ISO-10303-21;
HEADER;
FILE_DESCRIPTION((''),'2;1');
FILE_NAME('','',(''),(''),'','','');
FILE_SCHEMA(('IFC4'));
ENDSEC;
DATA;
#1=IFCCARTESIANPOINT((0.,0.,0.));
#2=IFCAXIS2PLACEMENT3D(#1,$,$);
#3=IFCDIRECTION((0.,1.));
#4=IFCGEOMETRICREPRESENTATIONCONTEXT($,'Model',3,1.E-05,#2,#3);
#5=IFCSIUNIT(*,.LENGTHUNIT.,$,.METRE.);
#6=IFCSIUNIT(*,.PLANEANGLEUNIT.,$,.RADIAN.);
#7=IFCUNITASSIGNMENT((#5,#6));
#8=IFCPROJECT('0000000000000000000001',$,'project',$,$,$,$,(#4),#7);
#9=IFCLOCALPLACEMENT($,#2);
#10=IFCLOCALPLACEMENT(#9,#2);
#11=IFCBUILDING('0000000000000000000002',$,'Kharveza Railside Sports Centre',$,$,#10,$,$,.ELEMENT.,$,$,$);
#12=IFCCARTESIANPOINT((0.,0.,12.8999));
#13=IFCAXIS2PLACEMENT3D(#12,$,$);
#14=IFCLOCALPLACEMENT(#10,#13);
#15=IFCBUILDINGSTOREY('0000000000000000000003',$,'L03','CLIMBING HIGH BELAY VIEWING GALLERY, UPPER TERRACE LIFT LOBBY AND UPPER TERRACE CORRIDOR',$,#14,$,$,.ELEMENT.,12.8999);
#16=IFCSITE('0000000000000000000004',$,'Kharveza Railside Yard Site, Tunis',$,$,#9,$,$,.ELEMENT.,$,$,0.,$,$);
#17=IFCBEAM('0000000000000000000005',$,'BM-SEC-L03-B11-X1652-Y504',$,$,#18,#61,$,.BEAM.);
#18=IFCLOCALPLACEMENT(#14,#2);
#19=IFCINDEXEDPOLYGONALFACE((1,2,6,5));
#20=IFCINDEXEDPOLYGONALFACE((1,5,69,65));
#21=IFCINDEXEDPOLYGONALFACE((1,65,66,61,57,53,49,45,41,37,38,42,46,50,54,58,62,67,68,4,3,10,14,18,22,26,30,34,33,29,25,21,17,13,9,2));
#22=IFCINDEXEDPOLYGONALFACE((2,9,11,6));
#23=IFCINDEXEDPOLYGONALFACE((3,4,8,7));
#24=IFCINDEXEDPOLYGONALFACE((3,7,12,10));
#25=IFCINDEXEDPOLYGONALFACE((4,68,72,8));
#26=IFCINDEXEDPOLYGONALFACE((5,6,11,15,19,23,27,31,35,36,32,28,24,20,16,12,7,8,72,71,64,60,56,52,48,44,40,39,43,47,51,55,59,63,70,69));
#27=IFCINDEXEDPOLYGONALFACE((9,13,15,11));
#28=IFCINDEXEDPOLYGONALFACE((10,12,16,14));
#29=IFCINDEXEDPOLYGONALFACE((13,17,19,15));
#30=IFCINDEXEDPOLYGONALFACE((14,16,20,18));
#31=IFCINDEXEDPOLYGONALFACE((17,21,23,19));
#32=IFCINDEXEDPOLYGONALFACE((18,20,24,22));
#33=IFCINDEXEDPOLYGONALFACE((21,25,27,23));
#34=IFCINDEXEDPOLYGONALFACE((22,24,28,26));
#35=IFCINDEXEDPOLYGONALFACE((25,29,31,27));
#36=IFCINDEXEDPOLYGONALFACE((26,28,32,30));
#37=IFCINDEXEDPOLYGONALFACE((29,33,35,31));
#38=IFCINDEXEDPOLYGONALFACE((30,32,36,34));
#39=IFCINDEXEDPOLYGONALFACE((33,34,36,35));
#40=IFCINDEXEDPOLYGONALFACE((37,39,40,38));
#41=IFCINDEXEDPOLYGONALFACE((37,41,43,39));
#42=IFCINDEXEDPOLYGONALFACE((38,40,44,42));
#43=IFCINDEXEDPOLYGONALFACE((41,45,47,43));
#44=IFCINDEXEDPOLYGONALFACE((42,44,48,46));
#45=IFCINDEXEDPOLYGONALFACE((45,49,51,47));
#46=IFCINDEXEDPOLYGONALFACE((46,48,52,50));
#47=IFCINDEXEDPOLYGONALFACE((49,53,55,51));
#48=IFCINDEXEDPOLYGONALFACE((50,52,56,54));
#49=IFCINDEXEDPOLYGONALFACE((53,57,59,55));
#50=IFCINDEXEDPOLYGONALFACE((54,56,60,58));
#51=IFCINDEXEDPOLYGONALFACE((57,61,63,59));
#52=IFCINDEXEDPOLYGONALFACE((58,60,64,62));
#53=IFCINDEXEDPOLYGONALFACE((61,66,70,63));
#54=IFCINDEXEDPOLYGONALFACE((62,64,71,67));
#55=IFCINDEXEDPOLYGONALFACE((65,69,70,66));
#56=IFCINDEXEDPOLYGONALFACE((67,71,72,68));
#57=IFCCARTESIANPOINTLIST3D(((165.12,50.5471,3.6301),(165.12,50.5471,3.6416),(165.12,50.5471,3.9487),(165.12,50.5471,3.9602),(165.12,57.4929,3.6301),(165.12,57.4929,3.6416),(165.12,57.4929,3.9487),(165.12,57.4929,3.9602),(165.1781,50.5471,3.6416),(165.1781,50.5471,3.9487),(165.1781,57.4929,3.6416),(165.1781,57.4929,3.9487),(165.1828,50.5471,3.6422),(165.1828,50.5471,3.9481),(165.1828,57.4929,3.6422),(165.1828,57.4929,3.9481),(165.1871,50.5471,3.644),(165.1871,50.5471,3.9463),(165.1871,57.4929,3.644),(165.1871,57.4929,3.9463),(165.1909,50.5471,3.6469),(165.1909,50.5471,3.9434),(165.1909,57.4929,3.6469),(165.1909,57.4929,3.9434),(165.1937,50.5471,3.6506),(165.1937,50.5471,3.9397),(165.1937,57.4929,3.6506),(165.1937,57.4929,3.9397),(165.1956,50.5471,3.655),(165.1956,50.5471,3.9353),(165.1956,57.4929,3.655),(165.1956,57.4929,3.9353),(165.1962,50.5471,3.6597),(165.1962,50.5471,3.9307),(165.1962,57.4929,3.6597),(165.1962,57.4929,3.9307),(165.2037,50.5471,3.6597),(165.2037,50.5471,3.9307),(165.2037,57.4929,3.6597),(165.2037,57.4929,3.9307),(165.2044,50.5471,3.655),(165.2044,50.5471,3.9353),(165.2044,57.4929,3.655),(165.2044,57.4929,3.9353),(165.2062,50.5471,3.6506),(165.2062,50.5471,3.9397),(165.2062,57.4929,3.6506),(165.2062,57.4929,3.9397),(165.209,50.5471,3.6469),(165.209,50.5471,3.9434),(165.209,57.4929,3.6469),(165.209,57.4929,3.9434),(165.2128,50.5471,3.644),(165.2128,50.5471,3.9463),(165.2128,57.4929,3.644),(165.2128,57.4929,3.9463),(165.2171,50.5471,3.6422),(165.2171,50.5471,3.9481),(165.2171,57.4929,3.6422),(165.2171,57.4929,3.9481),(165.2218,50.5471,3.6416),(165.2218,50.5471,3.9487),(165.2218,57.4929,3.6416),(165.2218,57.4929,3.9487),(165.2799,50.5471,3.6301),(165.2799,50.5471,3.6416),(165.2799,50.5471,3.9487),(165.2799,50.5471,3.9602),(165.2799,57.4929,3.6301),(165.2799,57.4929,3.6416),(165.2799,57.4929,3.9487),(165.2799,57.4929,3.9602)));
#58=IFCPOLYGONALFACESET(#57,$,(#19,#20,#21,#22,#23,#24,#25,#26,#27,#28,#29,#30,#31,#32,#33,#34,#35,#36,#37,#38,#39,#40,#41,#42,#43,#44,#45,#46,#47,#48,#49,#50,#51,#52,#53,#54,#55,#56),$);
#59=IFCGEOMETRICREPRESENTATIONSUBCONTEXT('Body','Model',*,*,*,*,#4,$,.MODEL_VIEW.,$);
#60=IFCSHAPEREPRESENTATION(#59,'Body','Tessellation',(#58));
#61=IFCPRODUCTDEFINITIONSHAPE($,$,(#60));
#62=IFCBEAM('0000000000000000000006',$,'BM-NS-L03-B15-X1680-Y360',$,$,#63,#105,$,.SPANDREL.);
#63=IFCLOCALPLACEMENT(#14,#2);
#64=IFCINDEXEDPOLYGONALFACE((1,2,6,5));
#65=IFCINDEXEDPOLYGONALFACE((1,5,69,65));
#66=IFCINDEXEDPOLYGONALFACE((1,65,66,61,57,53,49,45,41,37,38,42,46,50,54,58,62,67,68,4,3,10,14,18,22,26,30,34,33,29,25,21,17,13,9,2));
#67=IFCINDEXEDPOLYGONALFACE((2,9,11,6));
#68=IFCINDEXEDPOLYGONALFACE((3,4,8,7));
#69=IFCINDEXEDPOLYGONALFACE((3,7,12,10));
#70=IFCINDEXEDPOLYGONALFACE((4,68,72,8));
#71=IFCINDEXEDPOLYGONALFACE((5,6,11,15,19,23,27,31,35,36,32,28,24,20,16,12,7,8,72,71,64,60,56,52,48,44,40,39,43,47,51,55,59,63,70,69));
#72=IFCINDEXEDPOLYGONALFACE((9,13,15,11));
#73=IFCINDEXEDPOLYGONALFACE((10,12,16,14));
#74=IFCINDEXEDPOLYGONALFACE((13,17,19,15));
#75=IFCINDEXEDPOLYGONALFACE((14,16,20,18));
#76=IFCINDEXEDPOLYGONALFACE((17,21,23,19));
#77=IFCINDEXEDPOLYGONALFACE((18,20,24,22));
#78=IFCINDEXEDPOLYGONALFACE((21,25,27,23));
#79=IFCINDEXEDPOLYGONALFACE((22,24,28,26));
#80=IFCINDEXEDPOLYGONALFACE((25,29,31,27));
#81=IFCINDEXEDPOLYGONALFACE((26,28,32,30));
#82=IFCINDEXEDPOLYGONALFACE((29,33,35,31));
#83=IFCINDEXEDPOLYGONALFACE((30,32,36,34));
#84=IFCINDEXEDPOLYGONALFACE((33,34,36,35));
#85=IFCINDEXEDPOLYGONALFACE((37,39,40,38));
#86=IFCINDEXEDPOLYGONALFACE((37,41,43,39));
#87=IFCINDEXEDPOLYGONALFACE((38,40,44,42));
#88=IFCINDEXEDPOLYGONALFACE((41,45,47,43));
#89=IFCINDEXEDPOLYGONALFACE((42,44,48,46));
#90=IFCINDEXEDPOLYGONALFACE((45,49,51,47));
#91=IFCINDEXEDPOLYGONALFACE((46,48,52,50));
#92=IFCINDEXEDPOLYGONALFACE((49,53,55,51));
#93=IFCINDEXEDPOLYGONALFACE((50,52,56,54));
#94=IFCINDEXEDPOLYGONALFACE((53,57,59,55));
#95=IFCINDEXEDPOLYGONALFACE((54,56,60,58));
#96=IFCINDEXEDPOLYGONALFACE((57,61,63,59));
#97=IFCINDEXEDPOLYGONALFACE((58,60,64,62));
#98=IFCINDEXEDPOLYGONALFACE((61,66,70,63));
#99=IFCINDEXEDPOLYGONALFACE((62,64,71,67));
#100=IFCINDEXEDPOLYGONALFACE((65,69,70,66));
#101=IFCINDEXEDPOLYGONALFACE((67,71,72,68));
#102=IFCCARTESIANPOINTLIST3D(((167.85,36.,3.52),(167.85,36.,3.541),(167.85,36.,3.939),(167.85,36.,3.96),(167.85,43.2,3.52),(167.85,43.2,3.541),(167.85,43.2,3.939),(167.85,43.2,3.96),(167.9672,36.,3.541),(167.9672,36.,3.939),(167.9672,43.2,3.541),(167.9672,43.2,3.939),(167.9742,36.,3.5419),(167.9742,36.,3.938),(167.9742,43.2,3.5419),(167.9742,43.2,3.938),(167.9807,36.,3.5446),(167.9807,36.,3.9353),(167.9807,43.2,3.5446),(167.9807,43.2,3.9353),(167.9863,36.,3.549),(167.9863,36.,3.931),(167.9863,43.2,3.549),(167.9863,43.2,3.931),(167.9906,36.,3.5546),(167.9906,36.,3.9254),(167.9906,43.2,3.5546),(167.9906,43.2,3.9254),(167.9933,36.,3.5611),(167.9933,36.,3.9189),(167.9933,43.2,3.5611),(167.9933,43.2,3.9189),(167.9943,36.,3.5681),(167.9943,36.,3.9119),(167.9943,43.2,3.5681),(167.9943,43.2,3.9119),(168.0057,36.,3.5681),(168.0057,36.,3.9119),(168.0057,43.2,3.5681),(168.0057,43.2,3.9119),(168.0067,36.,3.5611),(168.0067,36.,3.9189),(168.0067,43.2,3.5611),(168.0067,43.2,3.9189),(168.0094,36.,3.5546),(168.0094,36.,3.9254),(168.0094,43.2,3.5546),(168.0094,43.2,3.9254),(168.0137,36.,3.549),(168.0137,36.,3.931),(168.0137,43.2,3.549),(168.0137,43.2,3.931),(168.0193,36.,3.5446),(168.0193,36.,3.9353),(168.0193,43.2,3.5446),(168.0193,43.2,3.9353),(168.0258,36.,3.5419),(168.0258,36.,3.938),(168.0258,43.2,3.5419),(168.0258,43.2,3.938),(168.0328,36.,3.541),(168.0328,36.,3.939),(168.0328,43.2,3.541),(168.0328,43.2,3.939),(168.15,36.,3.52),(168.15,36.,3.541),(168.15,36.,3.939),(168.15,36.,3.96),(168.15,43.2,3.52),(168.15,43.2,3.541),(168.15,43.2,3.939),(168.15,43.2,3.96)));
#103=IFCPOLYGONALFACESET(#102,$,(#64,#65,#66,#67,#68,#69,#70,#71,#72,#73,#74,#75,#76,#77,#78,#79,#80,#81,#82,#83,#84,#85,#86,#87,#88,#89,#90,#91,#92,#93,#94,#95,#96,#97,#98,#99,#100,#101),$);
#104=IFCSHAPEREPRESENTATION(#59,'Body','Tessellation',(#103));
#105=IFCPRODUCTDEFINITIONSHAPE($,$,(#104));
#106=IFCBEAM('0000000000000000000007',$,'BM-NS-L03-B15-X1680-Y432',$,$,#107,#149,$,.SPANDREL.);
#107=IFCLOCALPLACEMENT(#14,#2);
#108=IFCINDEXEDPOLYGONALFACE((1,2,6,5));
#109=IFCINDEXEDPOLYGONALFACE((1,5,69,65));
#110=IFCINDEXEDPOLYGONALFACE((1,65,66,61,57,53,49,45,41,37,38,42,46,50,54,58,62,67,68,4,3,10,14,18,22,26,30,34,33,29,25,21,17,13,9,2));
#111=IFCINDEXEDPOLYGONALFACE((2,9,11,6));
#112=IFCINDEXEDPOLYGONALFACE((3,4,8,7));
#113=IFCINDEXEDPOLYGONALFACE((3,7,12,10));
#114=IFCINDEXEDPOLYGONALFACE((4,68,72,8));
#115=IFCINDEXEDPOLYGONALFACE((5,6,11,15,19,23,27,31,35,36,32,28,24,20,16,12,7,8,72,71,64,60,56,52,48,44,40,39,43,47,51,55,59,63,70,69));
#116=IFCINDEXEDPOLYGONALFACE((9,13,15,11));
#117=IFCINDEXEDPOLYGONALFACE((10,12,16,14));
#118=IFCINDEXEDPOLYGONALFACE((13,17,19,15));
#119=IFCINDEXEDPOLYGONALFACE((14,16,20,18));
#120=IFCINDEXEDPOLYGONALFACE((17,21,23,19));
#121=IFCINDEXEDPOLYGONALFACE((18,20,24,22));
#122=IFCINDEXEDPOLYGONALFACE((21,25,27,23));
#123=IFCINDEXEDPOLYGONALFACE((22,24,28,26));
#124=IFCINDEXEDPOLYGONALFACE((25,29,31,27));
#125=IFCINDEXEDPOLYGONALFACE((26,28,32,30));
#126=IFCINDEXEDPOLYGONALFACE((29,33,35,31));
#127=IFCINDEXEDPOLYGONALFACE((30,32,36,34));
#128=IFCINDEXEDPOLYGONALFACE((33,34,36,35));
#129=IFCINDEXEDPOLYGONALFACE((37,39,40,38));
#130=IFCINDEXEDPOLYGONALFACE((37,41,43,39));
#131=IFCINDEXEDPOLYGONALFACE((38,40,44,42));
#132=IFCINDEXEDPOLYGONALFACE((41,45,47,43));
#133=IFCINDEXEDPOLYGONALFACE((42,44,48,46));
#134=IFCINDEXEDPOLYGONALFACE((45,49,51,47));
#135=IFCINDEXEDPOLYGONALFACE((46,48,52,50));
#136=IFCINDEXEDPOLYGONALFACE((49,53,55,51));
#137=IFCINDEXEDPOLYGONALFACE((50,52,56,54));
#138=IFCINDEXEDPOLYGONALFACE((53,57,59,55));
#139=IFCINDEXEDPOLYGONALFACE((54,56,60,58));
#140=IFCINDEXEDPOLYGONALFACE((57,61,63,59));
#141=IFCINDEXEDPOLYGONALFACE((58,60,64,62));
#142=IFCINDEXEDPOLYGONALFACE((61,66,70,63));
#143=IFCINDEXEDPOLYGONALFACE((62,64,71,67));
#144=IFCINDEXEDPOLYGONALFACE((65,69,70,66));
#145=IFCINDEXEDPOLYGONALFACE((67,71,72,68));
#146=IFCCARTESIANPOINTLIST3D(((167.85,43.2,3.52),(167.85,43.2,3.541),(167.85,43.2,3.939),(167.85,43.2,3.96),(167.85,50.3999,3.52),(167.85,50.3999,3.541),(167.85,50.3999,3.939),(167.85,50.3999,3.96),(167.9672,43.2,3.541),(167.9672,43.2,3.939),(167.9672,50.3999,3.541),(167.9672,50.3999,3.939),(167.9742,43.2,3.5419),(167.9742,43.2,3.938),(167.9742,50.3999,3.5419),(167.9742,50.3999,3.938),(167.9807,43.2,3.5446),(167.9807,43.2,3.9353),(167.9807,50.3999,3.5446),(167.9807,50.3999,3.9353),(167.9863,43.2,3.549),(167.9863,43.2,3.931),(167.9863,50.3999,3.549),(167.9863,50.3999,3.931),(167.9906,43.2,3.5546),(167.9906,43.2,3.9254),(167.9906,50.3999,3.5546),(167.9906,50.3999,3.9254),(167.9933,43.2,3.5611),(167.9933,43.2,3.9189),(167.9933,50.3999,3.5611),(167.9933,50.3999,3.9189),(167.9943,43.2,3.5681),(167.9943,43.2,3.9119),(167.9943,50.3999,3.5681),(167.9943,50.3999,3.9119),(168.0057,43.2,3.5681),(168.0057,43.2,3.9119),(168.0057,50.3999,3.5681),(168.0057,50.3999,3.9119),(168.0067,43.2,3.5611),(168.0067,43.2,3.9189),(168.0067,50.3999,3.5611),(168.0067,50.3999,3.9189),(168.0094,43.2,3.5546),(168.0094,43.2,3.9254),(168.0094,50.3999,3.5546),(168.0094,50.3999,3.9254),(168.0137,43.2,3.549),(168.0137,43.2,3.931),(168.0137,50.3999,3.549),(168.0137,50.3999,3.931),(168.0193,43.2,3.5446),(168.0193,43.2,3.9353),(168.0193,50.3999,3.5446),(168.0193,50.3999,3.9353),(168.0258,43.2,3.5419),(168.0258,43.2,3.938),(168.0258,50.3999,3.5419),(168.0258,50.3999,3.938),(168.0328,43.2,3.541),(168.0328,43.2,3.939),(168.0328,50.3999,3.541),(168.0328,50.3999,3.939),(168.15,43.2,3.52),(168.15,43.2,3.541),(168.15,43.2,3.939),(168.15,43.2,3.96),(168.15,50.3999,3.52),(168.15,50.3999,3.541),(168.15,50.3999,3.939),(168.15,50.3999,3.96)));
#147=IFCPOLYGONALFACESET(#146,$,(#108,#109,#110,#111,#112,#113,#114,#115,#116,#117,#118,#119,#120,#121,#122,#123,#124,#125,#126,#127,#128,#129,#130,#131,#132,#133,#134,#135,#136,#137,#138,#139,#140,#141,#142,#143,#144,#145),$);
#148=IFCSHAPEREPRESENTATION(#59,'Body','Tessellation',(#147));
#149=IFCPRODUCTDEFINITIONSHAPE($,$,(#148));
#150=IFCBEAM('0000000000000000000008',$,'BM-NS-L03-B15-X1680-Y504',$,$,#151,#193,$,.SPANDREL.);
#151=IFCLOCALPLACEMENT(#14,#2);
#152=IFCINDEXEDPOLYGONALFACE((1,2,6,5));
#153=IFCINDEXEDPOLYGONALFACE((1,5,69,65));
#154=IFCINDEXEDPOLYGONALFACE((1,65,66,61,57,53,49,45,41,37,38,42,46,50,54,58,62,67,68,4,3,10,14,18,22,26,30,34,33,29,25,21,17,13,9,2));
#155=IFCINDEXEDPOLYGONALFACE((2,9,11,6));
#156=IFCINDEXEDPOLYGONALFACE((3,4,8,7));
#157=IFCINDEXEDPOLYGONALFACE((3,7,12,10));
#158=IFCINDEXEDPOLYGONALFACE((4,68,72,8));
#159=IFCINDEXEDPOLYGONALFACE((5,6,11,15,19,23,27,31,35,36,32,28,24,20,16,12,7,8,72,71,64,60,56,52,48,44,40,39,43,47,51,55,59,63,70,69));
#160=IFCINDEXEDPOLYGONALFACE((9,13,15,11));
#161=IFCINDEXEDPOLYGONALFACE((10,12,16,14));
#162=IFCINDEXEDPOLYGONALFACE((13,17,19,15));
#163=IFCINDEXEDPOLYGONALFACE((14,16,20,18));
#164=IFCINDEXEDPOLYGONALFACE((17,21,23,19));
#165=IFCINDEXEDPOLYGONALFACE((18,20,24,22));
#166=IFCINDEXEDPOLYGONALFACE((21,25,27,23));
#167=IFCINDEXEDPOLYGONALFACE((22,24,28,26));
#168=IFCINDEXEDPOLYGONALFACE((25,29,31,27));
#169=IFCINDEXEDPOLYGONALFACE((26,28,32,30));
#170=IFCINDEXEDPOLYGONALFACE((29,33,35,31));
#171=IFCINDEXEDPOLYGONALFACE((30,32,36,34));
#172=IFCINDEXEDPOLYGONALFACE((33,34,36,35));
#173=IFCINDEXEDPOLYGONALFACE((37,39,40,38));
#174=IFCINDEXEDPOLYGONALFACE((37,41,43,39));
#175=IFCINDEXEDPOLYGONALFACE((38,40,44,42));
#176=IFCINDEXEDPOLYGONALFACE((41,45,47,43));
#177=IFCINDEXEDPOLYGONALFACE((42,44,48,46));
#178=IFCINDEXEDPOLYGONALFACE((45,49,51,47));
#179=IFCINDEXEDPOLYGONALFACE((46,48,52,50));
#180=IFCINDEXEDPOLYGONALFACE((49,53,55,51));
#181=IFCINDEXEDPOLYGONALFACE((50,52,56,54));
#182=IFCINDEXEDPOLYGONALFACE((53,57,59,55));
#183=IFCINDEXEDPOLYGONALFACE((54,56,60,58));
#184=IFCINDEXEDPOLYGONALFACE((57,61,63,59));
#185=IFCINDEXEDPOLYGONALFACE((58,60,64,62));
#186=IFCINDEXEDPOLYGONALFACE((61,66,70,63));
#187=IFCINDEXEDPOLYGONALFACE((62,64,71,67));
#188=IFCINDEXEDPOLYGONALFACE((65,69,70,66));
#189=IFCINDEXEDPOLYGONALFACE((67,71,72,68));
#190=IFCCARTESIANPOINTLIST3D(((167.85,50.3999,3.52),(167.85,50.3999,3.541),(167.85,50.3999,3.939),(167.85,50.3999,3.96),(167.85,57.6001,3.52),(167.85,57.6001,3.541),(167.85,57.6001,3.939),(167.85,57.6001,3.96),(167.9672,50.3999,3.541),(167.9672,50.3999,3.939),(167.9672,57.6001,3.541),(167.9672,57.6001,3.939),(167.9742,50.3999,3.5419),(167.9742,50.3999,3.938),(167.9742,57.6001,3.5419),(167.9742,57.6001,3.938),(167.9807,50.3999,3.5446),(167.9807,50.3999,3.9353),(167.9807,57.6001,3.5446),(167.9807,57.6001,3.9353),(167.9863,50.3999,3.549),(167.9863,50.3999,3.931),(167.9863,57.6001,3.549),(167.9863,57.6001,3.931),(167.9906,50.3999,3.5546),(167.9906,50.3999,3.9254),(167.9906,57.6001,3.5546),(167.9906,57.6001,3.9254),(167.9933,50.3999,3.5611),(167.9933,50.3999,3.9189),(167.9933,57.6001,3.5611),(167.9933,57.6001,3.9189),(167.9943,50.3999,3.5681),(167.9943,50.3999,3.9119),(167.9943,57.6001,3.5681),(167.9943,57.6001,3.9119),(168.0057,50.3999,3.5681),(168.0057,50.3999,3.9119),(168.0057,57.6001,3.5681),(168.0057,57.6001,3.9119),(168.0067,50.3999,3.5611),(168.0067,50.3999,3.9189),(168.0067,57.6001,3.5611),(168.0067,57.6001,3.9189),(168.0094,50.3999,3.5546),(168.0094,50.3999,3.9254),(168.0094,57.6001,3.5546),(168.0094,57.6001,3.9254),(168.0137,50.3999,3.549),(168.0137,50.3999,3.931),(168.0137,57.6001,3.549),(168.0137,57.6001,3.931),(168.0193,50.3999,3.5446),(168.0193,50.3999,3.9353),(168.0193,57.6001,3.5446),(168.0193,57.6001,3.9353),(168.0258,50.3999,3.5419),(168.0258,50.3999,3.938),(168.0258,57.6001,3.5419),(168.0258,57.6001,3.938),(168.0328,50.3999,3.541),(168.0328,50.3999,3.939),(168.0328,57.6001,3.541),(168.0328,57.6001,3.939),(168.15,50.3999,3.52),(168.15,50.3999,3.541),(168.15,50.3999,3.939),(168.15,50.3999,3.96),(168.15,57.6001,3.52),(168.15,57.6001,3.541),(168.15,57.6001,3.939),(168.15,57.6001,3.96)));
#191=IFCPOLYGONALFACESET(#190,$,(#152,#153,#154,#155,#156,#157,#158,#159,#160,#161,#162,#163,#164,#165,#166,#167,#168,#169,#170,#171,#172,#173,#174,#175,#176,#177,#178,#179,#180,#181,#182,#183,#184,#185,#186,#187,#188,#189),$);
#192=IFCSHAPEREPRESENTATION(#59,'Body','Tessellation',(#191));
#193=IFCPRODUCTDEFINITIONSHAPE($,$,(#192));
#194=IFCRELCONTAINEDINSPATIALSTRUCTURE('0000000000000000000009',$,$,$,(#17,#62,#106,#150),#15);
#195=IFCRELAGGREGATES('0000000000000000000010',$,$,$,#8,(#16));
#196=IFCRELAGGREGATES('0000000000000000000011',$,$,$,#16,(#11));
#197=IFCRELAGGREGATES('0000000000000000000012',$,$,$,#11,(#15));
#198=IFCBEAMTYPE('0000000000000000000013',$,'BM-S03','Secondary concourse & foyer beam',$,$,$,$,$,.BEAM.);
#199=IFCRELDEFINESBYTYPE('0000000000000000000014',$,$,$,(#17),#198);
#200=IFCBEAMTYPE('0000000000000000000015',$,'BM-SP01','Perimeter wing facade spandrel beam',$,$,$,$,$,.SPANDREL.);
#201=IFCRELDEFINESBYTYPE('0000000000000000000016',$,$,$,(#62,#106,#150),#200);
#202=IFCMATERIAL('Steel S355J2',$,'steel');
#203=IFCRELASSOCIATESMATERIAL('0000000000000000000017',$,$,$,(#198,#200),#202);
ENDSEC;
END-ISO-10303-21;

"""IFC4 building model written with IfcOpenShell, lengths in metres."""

from ifc_helpers import new_model, si_unit, direction, frame, origin, origin_2d, place, context, subcontext, project, spatial, i_section, extrude, material, material_profile, profile_set, type_object, element, save


model = new_model("IFC4")

# Units and contexts
model_context = context("Model", 3, precision=1e-05, world=origin(), true_north=direction((0.0, 1.0)))
body_context = subcontext(model_context, "Body", "Model", "MODEL_VIEW")
ifc_project = project(units=[si_unit("LENGTHUNIT", "METRE"), si_unit("PLANEANGLEUNIT", "RADIAN")], contexts=[model_context])

# Site, building, storey
site_placement = place(None, origin())
site = spatial("IfcSite", under=ifc_project, at=site_placement, Name="Kharveza Railside Yard Site, Tunis", CompositionType="ELEMENT", RefElevation=0.0)
building_placement = place(site_placement, origin())
building = spatial("IfcBuilding", under=site, at=building_placement, Name="Kharveza Railside Sports Centre", CompositionType="ELEMENT")
storey_placement = place(building_placement, frame((0.0, 0.0, 12.8999)))
storey = spatial("IfcBuildingStorey", under=building, at=storey_placement, Name="L03", Description="CLIMBING HIGH BELAY VIEWING GALLERY, UPPER TERRACE LIFT LOBBY AND UPPER TERRACE CORRIDOR", CompositionType="ELEMENT", Elevation=12.8999)

# Shared definitions
ifc_material_1 = material(Name="Steel S355J2", Category="steel")

# Beams
ifc_material_profile_1 = material_profile(ifc_material_1, i_section(OverallWidth=0.1599, OverallDepth=0.3301, WebThickness=0.0076, FlangeThickness=0.0115, FilletRadius=0.0181, at=origin_2d()), Name="IPE 330")
ifc_profile_set_1 = profile_set([ifc_material_profile_1], Name="Steel S355J2")
beam_type_1 = type_object("IfcBeamType", Name="BM-S03", Description="Secondary concourse & foyer beam", PredefinedType="BEAM", material=ifc_profile_set_1)
beam_1_placement = place(storey_placement, frame((165.2, 50.5471, 3.7952), z_axis=(0.0, 1.0, 0.0), x_axis=(-1.0, 0.0, 0.0)))
element("IfcBeam", 1, at=beam_1_placement, inside=storey, type_object=beam_type_1, Name="BM-SEC-L03-B11-X1652-Y504", PredefinedType="BEAM", context=body_context, shape_type="SweptSolid", body=[
    extrude(i_section(OverallWidth=0.1599, OverallDepth=0.3301, WebThickness=0.0076, FlangeThickness=0.0115, FilletRadius=0.0181, at=origin_2d()), origin(), (0.0, 0.0, 1.0), 6.9458),
])
ifc_material_profile_2 = material_profile(ifc_material_1, i_section(OverallWidth=0.3, OverallDepth=0.4399, WebThickness=0.0115, FlangeThickness=0.021, FilletRadius=0.0271, at=origin_2d()), Name="HEA 450")
ifc_profile_set_2 = profile_set([ifc_material_profile_2], Name="Steel S355J2")
beam_type_2 = type_object("IfcBeamType", Name="BM-SP01", Description="Perimeter wing facade spandrel beam", PredefinedType="SPANDREL", material=ifc_profile_set_2)
for number, where, z_axis, x_axis, name in (
    (2, (168.0, 36.0, 3.74), (0.0, 1.0, 0.0), (-1.0, 0.0, 0.0), "BM-NS-L03-B15-X1680-Y360"),
    (3, (168.0, 43.2, 3.74), (0.0, 1.0, 0.0), (-1.0, 0.0, 0.0), "BM-NS-L03-B15-X1680-Y432"),
):
    element("IfcBeam", number, at=place(storey_placement, frame(where, z_axis=z_axis, x_axis=x_axis)), inside=storey, type_object=beam_type_2, Name=name, PredefinedType="SPANDREL", context=body_context, shape_type="SweptSolid", body=[
        extrude(i_section(OverallWidth=0.3, OverallDepth=0.4399, WebThickness=0.0115, FlangeThickness=0.021, FilletRadius=0.0271, at=origin_2d()), origin(), (0.0, 0.0, 1.0), 7.2),
    ])
beam_2_placement = place(storey_placement, frame((168.0, 50.3999, 3.74), z_axis=(0.0, 1.0, 0.0), x_axis=(-1.0, 0.0, 0.0)))
element("IfcBeam", 4, at=beam_2_placement, inside=storey, type_object=beam_type_2, Name="BM-NS-L03-B15-X1680-Y504", PredefinedType="SPANDREL", context=body_context, shape_type="SweptSolid", body=[
    extrude(i_section(OverallWidth=0.3, OverallDepth=0.4399, WebThickness=0.0115, FlangeThickness=0.021, FilletRadius=0.0271, at=origin_2d()), origin(), (0.0, 0.0, 1.0), 7.2002),
])

save(model, "model.ifc")
